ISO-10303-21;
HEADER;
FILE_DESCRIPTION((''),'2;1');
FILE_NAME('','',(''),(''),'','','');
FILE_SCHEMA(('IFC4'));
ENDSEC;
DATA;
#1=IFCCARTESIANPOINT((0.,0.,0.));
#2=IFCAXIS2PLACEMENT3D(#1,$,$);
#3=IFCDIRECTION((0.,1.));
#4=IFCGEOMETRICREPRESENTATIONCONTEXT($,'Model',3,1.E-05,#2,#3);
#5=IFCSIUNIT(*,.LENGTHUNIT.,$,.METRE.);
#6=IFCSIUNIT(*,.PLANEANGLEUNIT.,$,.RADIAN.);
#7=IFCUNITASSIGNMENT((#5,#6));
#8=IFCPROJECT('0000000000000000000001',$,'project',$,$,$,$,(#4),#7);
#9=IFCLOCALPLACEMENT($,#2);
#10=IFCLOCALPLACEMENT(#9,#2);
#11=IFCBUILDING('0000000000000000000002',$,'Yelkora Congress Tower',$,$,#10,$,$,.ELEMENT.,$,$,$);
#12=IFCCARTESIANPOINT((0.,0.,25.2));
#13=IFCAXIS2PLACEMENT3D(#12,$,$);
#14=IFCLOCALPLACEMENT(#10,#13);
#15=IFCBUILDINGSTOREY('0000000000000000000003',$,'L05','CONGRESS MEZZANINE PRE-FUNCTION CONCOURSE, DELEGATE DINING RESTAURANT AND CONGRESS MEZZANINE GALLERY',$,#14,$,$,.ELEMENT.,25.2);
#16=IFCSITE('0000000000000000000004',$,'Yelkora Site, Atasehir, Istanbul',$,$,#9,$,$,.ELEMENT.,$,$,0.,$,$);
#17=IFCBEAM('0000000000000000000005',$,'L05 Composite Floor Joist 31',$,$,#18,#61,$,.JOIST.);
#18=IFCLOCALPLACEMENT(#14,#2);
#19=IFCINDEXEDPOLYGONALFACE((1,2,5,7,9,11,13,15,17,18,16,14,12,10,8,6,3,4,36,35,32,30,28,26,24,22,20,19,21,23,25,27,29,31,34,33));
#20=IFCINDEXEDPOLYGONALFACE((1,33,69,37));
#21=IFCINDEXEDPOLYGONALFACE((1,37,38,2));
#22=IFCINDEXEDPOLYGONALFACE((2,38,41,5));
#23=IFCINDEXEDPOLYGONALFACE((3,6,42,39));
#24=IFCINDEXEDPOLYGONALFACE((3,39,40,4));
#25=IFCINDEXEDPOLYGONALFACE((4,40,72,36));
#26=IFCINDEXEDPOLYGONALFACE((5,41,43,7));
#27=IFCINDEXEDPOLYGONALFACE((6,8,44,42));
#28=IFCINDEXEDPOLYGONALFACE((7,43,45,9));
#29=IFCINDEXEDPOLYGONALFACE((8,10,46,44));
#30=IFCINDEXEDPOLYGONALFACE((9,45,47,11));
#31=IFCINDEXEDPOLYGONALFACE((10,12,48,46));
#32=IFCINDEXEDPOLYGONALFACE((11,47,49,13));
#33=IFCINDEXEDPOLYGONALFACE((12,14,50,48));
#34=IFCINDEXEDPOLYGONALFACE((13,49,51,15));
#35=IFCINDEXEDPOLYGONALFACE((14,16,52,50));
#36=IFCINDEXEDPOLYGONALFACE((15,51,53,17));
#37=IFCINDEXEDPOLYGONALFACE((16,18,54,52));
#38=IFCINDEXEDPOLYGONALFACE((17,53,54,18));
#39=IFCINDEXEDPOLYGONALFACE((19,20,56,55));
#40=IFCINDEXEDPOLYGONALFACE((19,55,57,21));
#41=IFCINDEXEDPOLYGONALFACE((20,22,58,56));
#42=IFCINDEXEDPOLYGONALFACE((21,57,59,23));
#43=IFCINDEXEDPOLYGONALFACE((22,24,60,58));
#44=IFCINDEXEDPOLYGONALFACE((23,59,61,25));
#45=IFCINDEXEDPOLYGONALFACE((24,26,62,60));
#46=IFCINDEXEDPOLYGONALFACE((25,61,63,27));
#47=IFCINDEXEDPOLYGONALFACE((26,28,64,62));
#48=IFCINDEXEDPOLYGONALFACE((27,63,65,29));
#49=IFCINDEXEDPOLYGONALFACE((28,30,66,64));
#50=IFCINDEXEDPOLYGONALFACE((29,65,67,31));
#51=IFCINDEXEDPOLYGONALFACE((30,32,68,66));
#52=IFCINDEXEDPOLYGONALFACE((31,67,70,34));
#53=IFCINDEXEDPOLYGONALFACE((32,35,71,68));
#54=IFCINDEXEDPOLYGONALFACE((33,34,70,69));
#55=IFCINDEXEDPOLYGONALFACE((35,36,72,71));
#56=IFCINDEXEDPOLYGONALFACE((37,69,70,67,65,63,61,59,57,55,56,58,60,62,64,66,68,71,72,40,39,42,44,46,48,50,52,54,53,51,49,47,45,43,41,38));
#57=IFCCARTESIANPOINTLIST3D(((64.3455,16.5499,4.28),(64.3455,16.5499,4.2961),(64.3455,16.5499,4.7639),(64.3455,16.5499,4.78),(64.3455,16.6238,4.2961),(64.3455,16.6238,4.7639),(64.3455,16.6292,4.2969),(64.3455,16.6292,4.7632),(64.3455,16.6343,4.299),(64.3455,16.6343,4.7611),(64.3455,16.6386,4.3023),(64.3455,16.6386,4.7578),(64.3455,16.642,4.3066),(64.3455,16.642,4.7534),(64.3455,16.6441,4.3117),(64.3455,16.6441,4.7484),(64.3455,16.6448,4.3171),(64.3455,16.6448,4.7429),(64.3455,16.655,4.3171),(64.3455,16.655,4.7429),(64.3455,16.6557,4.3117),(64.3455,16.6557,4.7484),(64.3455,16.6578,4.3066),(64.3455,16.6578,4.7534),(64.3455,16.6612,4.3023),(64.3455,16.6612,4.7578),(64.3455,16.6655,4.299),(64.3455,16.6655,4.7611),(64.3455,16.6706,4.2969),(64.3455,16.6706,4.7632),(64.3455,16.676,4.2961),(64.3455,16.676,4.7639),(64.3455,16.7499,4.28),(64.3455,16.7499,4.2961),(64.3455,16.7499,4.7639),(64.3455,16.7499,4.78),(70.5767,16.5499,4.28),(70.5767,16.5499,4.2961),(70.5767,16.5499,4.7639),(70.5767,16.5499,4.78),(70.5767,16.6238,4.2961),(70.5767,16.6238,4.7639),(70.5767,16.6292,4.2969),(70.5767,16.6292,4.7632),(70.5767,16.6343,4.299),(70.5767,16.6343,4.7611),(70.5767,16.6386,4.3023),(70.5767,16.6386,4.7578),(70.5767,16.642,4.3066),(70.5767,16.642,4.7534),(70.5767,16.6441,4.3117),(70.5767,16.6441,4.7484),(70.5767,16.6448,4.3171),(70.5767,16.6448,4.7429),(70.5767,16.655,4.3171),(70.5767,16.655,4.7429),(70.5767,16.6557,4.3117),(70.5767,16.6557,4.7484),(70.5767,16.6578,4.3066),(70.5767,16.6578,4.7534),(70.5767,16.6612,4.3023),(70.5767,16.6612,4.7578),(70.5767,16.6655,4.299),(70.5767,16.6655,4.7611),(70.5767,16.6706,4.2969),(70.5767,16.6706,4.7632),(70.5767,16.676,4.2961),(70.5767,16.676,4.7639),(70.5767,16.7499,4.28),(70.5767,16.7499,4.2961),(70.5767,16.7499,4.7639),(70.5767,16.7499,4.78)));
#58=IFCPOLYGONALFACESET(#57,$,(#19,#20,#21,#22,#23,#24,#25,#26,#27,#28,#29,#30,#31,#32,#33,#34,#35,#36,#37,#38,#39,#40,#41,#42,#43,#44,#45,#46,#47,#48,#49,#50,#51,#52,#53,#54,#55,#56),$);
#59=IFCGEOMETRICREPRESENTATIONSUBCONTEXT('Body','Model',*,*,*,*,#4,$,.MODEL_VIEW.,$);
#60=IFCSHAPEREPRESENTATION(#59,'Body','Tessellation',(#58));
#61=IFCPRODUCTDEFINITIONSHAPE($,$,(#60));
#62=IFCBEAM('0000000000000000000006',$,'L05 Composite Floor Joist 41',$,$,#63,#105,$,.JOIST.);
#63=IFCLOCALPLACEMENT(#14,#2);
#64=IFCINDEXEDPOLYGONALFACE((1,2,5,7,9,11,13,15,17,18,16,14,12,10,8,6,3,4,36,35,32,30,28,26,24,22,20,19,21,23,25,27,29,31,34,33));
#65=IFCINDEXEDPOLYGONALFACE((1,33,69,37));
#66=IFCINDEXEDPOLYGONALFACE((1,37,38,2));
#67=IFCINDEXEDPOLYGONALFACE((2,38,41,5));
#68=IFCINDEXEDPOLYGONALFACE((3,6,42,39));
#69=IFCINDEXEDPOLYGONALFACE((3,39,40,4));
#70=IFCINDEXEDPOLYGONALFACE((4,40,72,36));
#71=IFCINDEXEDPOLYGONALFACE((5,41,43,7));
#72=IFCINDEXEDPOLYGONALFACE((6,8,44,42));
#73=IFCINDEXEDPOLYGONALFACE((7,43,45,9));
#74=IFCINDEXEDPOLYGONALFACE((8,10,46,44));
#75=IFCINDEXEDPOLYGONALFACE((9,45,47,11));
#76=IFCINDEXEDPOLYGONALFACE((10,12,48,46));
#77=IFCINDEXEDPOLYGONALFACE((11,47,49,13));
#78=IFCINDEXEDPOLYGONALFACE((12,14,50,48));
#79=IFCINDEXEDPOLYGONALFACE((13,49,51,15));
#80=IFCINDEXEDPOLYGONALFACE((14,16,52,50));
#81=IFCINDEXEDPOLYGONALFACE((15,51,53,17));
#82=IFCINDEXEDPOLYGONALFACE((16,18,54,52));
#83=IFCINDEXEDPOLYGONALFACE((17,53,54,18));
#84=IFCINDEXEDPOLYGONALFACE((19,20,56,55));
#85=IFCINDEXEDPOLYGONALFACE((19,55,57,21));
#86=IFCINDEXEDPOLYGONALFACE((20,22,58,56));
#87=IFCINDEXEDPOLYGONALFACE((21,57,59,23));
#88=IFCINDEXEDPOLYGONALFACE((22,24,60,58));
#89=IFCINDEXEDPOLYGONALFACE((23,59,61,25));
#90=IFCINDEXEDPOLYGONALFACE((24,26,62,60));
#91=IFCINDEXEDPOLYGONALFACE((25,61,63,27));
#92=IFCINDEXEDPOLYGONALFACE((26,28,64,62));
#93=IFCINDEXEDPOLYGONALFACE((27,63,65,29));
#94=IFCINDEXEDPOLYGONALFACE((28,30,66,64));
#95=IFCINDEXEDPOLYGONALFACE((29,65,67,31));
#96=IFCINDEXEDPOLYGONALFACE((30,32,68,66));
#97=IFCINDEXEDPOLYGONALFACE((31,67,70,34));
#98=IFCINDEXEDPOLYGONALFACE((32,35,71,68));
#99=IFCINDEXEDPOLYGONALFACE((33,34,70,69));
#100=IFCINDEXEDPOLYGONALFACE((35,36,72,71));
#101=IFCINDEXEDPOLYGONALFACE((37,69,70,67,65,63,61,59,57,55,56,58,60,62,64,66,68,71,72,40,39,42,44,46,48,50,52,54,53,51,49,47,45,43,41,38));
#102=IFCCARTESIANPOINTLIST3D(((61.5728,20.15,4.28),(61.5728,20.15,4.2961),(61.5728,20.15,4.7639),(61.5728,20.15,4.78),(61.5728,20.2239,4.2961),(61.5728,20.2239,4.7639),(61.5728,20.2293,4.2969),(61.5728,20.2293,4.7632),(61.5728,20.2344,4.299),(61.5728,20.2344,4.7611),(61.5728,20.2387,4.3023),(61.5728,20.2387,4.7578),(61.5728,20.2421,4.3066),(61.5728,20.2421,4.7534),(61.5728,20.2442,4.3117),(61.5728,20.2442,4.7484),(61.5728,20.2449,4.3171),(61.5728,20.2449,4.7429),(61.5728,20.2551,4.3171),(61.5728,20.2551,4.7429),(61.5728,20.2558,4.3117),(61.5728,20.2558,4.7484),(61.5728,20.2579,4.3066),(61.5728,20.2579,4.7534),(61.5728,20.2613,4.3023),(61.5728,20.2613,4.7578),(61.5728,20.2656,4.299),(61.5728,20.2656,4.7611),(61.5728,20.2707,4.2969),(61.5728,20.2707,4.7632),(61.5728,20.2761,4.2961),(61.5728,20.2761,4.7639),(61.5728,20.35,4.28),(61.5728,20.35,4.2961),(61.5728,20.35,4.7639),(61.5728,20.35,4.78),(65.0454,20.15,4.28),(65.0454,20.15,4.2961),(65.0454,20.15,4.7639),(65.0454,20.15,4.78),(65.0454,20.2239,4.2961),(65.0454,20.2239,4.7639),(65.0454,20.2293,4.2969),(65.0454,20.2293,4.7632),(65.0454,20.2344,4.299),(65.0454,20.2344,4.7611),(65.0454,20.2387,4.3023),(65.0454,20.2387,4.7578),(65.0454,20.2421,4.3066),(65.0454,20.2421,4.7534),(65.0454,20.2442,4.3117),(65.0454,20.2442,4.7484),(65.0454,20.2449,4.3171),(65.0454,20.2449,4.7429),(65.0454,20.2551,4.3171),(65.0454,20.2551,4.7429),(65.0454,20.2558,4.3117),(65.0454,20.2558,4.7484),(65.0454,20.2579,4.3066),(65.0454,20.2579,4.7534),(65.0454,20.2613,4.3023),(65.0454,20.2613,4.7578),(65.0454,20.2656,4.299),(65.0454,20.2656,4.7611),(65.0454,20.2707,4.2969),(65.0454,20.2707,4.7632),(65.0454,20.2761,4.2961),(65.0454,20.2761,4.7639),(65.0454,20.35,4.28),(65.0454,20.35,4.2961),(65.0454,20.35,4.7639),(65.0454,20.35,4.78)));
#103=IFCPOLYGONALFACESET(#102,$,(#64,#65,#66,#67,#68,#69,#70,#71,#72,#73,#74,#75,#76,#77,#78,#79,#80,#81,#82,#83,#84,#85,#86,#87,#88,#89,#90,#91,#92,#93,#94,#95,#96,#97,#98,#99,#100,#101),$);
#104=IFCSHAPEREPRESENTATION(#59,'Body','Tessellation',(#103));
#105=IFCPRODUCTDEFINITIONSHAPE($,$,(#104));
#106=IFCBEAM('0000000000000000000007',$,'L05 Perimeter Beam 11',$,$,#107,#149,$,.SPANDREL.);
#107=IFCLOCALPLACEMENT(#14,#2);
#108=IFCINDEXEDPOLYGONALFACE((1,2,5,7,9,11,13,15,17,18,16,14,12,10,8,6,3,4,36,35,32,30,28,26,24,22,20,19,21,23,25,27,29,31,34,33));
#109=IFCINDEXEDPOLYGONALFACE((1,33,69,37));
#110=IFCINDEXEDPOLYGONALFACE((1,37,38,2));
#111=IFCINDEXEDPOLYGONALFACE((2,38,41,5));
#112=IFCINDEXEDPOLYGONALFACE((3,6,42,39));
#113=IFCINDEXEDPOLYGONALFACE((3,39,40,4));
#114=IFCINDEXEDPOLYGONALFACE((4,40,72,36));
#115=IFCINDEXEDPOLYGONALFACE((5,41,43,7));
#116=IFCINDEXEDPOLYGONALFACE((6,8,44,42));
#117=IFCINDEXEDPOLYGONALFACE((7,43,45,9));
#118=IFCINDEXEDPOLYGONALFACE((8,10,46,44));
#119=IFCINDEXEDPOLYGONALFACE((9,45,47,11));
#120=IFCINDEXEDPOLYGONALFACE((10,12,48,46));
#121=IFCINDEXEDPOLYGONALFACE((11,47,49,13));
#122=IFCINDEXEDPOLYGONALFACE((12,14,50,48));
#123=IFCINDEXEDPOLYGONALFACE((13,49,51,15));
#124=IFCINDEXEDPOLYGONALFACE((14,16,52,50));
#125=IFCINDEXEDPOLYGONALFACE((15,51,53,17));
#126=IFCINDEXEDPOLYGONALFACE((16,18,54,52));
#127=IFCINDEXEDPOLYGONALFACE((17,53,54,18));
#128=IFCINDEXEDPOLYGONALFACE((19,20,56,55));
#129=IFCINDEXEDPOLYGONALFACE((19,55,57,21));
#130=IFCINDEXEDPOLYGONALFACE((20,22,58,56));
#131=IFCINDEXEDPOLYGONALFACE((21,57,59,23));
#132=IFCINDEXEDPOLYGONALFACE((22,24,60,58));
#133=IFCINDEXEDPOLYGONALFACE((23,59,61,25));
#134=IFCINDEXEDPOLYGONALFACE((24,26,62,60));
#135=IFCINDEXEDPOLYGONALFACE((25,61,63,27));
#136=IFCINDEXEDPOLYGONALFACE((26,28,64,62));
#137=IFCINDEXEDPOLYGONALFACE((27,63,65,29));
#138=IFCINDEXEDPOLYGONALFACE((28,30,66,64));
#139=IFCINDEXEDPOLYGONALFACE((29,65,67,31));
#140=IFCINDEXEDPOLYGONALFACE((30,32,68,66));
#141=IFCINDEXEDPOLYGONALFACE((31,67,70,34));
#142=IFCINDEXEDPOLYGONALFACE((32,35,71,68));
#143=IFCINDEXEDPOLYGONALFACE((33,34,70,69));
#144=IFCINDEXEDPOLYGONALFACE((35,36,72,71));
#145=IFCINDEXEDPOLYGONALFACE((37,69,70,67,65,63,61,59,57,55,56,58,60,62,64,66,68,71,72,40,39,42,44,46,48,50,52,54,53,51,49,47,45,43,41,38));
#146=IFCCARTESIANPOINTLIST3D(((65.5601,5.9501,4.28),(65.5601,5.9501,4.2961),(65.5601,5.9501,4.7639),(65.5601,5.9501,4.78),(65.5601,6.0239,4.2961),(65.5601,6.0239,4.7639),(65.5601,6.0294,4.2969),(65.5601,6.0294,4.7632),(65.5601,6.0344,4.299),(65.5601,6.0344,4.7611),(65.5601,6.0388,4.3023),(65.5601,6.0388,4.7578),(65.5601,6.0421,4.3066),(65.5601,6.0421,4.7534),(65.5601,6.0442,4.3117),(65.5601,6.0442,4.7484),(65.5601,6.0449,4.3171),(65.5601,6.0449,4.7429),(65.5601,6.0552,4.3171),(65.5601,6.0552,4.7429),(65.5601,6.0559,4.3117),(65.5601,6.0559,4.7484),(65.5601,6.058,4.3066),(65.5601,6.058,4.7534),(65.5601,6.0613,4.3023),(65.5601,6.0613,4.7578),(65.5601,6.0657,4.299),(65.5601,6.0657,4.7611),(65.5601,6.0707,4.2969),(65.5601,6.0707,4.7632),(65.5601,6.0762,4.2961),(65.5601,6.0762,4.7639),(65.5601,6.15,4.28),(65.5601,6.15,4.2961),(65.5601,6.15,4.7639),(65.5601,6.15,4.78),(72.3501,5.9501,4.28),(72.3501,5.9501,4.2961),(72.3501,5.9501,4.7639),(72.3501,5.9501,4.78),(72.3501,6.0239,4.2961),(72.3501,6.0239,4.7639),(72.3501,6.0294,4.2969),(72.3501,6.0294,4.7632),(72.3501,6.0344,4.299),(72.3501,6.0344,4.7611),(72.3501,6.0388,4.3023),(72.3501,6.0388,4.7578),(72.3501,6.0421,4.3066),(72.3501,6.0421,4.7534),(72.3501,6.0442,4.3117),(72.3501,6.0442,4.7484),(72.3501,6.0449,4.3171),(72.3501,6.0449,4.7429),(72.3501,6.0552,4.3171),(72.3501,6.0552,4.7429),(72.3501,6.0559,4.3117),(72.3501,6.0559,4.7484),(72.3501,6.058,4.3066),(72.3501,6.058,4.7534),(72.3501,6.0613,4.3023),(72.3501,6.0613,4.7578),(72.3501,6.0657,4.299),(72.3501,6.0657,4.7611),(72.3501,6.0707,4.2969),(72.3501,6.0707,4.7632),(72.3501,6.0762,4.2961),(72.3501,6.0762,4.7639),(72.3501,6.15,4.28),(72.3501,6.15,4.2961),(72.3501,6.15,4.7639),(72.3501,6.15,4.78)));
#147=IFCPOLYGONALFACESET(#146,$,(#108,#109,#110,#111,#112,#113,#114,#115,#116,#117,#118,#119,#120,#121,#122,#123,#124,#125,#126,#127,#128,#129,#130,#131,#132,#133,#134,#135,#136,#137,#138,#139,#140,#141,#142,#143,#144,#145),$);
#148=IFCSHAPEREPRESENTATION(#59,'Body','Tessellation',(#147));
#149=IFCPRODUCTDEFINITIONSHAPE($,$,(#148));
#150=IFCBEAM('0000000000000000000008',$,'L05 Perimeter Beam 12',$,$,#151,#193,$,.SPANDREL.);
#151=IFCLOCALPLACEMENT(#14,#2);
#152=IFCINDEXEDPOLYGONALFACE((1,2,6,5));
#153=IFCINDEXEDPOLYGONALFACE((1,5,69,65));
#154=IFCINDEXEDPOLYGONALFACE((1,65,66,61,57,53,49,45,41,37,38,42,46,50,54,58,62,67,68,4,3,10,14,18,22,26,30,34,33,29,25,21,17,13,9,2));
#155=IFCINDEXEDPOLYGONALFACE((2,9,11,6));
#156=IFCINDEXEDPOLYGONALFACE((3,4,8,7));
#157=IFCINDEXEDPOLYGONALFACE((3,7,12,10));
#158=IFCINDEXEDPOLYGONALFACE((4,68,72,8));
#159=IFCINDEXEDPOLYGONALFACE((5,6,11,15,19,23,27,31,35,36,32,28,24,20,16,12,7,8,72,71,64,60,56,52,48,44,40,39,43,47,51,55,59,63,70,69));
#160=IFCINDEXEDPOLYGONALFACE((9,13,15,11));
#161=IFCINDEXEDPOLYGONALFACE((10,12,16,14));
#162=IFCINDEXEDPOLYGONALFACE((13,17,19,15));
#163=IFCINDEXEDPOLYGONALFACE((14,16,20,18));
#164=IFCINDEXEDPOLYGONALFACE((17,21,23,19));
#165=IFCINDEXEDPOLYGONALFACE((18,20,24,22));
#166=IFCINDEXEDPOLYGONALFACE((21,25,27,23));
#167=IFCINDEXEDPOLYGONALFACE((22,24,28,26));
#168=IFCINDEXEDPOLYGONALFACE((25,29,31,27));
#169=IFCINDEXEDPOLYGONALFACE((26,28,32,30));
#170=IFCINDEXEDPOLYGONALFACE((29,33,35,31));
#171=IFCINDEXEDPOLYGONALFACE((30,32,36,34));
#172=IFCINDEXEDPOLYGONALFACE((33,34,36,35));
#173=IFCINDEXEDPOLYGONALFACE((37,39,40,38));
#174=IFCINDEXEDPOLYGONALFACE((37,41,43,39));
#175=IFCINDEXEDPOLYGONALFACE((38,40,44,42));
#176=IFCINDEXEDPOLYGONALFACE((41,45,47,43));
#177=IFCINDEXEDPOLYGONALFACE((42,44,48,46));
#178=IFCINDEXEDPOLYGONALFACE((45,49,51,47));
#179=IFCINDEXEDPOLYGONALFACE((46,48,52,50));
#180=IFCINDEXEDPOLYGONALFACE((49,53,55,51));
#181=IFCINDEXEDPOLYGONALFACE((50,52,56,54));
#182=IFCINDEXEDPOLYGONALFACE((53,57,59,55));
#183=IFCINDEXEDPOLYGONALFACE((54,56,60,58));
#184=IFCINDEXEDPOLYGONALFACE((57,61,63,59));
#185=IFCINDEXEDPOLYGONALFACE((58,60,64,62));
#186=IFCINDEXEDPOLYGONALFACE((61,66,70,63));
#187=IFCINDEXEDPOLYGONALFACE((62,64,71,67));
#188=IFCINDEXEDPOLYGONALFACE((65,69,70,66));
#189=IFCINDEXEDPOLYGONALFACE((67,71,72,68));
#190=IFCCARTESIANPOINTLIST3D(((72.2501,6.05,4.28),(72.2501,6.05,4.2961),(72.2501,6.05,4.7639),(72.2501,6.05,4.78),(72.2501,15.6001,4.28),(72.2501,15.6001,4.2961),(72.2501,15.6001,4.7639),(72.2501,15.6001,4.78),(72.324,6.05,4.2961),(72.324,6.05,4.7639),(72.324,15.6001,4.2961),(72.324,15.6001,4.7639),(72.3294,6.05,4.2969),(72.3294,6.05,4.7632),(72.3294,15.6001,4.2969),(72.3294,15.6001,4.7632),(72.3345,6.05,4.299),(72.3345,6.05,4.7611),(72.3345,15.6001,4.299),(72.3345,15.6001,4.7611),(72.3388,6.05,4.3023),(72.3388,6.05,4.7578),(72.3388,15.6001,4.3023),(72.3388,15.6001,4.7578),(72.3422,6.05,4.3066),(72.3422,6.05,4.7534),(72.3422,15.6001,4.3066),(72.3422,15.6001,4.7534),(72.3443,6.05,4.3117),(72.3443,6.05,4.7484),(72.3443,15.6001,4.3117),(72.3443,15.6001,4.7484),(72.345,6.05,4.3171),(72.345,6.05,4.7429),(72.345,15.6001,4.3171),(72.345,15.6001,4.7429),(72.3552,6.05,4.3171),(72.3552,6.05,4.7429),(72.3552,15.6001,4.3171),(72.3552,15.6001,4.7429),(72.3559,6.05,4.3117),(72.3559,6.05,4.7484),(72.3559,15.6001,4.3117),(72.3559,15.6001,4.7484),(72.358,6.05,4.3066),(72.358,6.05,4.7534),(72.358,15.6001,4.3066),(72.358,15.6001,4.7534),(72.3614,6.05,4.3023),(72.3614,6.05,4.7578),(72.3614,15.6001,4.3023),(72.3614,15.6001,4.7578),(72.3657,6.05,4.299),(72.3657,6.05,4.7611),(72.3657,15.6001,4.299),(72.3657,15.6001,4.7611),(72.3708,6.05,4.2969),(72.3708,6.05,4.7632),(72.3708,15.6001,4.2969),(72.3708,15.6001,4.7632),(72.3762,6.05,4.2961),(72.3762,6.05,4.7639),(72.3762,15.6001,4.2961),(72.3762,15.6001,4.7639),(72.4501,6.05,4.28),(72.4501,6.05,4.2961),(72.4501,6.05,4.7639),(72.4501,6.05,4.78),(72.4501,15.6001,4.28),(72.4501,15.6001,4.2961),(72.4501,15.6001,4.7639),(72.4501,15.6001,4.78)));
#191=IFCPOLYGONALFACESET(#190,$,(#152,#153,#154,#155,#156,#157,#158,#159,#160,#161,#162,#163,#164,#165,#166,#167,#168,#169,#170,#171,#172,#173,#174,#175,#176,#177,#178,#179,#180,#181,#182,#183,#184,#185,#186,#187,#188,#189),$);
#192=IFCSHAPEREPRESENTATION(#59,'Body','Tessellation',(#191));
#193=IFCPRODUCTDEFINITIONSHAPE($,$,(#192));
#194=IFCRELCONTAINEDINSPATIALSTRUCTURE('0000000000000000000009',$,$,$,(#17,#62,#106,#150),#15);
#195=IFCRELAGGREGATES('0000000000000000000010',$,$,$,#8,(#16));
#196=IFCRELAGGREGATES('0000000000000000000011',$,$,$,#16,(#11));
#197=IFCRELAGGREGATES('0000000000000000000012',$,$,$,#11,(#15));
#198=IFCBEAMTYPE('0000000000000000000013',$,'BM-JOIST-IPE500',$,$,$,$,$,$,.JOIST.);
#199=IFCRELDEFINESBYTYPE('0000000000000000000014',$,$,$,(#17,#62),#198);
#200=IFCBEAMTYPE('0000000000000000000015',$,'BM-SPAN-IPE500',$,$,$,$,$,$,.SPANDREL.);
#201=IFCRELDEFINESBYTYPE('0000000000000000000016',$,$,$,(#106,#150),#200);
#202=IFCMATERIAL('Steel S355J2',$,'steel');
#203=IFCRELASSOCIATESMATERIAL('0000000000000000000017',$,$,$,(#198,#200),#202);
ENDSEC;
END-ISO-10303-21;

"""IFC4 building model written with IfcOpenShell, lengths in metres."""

from ifc_helpers import new_model, si_unit, direction, frame, origin, origin_2d, place, context, subcontext, project, spatial, i_section, extrude, material, material_profile, profile_set, type_object, element, save


model = new_model("IFC4")

# Units and contexts
model_context = context("Model", 3, precision=1e-05, world=origin(), true_north=direction((0.0, 1.0)))
body_context = subcontext(model_context, "Body", "Model", "MODEL_VIEW")
ifc_project = project(units=[si_unit("LENGTHUNIT", "METRE"), si_unit("PLANEANGLEUNIT", "RADIAN")], contexts=[model_context])

# Site, building, storey
site_placement = place(None, origin())
site = spatial("IfcSite", under=ifc_project, at=site_placement, Name="Yelkora Site, Atasehir, Istanbul", CompositionType="ELEMENT", RefElevation=0.0)
building_placement = place(site_placement, origin())
building = spatial("IfcBuilding", under=site, at=building_placement, Name="Yelkora Congress Tower", CompositionType="ELEMENT")
storey_placement = place(building_placement, frame((0.0, 0.0, 25.2)))
storey = spatial("IfcBuildingStorey", under=building, at=storey_placement, Name="L05", Description="CONGRESS MEZZANINE PRE-FUNCTION CONCOURSE, DELEGATE DINING RESTAURANT AND CONGRESS MEZZANINE GALLERY", CompositionType="ELEMENT", Elevation=25.2)

# Beams
ifc_material_1 = material(Name="Steel S355J2", Category="steel")
ifc_material_profile_1 = material_profile(ifc_material_1, i_section(OverallWidth=0.2, OverallDepth=0.5, WebThickness=0.0103, FlangeThickness=0.0161, FilletRadius=0.021, at=origin_2d()), Name="IPE 500")
ifc_profile_set_1 = profile_set([ifc_material_profile_1], Name="Steel S355J2")
beam_type_1 = type_object("IfcBeamType", Name="BM-JOIST-IPE500", PredefinedType="JOIST", material=ifc_profile_set_1)
beam_1_placement = place(storey_placement, frame((64.3455, 16.6499, 4.53), z_axis=(1.0, 0.0, 0.0), x_axis=(0.0, 1.0, 0.0)))
element("IfcBeam", 1, at=beam_1_placement, inside=storey, type_object=beam_type_1, Name="L05 Composite Floor Joist 31", PredefinedType="JOIST", context=body_context, shape_type="SweptSolid", body=[
    extrude(i_section(OverallWidth=0.2, OverallDepth=0.5, WebThickness=0.0103, FlangeThickness=0.0161, FilletRadius=0.021, at=origin_2d()), origin(), (0.0, 0.0, 1.0), 6.2312),
])
beam_2_placement = place(storey_placement, frame((61.5728, 20.25, 4.53), z_axis=(1.0, 0.0, 0.0), x_axis=(0.0, 1.0, 0.0)))
element("IfcBeam", 2, at=beam_2_placement, inside=storey, type_object=beam_type_1, Name="L05 Composite Floor Joist 41", PredefinedType="JOIST", context=body_context, shape_type="SweptSolid", body=[
    extrude(i_section(OverallWidth=0.2, OverallDepth=0.5, WebThickness=0.0103, FlangeThickness=0.0161, FilletRadius=0.021, at=origin_2d()), origin(), (0.0, 0.0, 1.0), 3.4727),
])
ifc_material_profile_2 = material_profile(ifc_material_1, i_section(OverallWidth=0.2, OverallDepth=0.5, WebThickness=0.0103, FlangeThickness=0.0161, FilletRadius=0.021, at=origin_2d()), Name="IPE 500")
ifc_profile_set_2 = profile_set([ifc_material_profile_2], Name="Steel S355J2")
beam_type_2 = type_object("IfcBeamType", Name="BM-SPAN-IPE500", PredefinedType="SPANDREL", material=ifc_profile_set_2)
beam_3_placement = place(storey_placement, frame((65.5601, 6.05, 4.53), z_axis=(1.0, 0.0, 0.0), x_axis=(0.0, 1.0, 0.0)))
element("IfcBeam", 3, at=beam_3_placement, inside=storey, type_object=beam_type_2, Name="L05 Perimeter Beam 11", PredefinedType="SPANDREL", context=body_context, shape_type="SweptSolid", body=[
    extrude(i_section(OverallWidth=0.2, OverallDepth=0.5, WebThickness=0.0103, FlangeThickness=0.0161, FilletRadius=0.021, at=origin_2d()), origin(), (0.0, 0.0, 1.0), 6.79),
])
beam_4_placement = place(storey_placement, frame((72.3501, 6.05, 4.53), z_axis=(0.0, 1.0, 0.0), x_axis=(-1.0, 0.0, 0.0)))
element("IfcBeam", 4, at=beam_4_placement, inside=storey, type_object=beam_type_2, Name="L05 Perimeter Beam 12", PredefinedType="SPANDREL", context=body_context, shape_type="SweptSolid", body=[
    extrude(i_section(OverallWidth=0.2, OverallDepth=0.5, WebThickness=0.0103, FlangeThickness=0.0161, FilletRadius=0.021, at=origin_2d()), origin(), (0.0, 0.0, 1.0), 9.55),
])

save(model, "model.ifc")
